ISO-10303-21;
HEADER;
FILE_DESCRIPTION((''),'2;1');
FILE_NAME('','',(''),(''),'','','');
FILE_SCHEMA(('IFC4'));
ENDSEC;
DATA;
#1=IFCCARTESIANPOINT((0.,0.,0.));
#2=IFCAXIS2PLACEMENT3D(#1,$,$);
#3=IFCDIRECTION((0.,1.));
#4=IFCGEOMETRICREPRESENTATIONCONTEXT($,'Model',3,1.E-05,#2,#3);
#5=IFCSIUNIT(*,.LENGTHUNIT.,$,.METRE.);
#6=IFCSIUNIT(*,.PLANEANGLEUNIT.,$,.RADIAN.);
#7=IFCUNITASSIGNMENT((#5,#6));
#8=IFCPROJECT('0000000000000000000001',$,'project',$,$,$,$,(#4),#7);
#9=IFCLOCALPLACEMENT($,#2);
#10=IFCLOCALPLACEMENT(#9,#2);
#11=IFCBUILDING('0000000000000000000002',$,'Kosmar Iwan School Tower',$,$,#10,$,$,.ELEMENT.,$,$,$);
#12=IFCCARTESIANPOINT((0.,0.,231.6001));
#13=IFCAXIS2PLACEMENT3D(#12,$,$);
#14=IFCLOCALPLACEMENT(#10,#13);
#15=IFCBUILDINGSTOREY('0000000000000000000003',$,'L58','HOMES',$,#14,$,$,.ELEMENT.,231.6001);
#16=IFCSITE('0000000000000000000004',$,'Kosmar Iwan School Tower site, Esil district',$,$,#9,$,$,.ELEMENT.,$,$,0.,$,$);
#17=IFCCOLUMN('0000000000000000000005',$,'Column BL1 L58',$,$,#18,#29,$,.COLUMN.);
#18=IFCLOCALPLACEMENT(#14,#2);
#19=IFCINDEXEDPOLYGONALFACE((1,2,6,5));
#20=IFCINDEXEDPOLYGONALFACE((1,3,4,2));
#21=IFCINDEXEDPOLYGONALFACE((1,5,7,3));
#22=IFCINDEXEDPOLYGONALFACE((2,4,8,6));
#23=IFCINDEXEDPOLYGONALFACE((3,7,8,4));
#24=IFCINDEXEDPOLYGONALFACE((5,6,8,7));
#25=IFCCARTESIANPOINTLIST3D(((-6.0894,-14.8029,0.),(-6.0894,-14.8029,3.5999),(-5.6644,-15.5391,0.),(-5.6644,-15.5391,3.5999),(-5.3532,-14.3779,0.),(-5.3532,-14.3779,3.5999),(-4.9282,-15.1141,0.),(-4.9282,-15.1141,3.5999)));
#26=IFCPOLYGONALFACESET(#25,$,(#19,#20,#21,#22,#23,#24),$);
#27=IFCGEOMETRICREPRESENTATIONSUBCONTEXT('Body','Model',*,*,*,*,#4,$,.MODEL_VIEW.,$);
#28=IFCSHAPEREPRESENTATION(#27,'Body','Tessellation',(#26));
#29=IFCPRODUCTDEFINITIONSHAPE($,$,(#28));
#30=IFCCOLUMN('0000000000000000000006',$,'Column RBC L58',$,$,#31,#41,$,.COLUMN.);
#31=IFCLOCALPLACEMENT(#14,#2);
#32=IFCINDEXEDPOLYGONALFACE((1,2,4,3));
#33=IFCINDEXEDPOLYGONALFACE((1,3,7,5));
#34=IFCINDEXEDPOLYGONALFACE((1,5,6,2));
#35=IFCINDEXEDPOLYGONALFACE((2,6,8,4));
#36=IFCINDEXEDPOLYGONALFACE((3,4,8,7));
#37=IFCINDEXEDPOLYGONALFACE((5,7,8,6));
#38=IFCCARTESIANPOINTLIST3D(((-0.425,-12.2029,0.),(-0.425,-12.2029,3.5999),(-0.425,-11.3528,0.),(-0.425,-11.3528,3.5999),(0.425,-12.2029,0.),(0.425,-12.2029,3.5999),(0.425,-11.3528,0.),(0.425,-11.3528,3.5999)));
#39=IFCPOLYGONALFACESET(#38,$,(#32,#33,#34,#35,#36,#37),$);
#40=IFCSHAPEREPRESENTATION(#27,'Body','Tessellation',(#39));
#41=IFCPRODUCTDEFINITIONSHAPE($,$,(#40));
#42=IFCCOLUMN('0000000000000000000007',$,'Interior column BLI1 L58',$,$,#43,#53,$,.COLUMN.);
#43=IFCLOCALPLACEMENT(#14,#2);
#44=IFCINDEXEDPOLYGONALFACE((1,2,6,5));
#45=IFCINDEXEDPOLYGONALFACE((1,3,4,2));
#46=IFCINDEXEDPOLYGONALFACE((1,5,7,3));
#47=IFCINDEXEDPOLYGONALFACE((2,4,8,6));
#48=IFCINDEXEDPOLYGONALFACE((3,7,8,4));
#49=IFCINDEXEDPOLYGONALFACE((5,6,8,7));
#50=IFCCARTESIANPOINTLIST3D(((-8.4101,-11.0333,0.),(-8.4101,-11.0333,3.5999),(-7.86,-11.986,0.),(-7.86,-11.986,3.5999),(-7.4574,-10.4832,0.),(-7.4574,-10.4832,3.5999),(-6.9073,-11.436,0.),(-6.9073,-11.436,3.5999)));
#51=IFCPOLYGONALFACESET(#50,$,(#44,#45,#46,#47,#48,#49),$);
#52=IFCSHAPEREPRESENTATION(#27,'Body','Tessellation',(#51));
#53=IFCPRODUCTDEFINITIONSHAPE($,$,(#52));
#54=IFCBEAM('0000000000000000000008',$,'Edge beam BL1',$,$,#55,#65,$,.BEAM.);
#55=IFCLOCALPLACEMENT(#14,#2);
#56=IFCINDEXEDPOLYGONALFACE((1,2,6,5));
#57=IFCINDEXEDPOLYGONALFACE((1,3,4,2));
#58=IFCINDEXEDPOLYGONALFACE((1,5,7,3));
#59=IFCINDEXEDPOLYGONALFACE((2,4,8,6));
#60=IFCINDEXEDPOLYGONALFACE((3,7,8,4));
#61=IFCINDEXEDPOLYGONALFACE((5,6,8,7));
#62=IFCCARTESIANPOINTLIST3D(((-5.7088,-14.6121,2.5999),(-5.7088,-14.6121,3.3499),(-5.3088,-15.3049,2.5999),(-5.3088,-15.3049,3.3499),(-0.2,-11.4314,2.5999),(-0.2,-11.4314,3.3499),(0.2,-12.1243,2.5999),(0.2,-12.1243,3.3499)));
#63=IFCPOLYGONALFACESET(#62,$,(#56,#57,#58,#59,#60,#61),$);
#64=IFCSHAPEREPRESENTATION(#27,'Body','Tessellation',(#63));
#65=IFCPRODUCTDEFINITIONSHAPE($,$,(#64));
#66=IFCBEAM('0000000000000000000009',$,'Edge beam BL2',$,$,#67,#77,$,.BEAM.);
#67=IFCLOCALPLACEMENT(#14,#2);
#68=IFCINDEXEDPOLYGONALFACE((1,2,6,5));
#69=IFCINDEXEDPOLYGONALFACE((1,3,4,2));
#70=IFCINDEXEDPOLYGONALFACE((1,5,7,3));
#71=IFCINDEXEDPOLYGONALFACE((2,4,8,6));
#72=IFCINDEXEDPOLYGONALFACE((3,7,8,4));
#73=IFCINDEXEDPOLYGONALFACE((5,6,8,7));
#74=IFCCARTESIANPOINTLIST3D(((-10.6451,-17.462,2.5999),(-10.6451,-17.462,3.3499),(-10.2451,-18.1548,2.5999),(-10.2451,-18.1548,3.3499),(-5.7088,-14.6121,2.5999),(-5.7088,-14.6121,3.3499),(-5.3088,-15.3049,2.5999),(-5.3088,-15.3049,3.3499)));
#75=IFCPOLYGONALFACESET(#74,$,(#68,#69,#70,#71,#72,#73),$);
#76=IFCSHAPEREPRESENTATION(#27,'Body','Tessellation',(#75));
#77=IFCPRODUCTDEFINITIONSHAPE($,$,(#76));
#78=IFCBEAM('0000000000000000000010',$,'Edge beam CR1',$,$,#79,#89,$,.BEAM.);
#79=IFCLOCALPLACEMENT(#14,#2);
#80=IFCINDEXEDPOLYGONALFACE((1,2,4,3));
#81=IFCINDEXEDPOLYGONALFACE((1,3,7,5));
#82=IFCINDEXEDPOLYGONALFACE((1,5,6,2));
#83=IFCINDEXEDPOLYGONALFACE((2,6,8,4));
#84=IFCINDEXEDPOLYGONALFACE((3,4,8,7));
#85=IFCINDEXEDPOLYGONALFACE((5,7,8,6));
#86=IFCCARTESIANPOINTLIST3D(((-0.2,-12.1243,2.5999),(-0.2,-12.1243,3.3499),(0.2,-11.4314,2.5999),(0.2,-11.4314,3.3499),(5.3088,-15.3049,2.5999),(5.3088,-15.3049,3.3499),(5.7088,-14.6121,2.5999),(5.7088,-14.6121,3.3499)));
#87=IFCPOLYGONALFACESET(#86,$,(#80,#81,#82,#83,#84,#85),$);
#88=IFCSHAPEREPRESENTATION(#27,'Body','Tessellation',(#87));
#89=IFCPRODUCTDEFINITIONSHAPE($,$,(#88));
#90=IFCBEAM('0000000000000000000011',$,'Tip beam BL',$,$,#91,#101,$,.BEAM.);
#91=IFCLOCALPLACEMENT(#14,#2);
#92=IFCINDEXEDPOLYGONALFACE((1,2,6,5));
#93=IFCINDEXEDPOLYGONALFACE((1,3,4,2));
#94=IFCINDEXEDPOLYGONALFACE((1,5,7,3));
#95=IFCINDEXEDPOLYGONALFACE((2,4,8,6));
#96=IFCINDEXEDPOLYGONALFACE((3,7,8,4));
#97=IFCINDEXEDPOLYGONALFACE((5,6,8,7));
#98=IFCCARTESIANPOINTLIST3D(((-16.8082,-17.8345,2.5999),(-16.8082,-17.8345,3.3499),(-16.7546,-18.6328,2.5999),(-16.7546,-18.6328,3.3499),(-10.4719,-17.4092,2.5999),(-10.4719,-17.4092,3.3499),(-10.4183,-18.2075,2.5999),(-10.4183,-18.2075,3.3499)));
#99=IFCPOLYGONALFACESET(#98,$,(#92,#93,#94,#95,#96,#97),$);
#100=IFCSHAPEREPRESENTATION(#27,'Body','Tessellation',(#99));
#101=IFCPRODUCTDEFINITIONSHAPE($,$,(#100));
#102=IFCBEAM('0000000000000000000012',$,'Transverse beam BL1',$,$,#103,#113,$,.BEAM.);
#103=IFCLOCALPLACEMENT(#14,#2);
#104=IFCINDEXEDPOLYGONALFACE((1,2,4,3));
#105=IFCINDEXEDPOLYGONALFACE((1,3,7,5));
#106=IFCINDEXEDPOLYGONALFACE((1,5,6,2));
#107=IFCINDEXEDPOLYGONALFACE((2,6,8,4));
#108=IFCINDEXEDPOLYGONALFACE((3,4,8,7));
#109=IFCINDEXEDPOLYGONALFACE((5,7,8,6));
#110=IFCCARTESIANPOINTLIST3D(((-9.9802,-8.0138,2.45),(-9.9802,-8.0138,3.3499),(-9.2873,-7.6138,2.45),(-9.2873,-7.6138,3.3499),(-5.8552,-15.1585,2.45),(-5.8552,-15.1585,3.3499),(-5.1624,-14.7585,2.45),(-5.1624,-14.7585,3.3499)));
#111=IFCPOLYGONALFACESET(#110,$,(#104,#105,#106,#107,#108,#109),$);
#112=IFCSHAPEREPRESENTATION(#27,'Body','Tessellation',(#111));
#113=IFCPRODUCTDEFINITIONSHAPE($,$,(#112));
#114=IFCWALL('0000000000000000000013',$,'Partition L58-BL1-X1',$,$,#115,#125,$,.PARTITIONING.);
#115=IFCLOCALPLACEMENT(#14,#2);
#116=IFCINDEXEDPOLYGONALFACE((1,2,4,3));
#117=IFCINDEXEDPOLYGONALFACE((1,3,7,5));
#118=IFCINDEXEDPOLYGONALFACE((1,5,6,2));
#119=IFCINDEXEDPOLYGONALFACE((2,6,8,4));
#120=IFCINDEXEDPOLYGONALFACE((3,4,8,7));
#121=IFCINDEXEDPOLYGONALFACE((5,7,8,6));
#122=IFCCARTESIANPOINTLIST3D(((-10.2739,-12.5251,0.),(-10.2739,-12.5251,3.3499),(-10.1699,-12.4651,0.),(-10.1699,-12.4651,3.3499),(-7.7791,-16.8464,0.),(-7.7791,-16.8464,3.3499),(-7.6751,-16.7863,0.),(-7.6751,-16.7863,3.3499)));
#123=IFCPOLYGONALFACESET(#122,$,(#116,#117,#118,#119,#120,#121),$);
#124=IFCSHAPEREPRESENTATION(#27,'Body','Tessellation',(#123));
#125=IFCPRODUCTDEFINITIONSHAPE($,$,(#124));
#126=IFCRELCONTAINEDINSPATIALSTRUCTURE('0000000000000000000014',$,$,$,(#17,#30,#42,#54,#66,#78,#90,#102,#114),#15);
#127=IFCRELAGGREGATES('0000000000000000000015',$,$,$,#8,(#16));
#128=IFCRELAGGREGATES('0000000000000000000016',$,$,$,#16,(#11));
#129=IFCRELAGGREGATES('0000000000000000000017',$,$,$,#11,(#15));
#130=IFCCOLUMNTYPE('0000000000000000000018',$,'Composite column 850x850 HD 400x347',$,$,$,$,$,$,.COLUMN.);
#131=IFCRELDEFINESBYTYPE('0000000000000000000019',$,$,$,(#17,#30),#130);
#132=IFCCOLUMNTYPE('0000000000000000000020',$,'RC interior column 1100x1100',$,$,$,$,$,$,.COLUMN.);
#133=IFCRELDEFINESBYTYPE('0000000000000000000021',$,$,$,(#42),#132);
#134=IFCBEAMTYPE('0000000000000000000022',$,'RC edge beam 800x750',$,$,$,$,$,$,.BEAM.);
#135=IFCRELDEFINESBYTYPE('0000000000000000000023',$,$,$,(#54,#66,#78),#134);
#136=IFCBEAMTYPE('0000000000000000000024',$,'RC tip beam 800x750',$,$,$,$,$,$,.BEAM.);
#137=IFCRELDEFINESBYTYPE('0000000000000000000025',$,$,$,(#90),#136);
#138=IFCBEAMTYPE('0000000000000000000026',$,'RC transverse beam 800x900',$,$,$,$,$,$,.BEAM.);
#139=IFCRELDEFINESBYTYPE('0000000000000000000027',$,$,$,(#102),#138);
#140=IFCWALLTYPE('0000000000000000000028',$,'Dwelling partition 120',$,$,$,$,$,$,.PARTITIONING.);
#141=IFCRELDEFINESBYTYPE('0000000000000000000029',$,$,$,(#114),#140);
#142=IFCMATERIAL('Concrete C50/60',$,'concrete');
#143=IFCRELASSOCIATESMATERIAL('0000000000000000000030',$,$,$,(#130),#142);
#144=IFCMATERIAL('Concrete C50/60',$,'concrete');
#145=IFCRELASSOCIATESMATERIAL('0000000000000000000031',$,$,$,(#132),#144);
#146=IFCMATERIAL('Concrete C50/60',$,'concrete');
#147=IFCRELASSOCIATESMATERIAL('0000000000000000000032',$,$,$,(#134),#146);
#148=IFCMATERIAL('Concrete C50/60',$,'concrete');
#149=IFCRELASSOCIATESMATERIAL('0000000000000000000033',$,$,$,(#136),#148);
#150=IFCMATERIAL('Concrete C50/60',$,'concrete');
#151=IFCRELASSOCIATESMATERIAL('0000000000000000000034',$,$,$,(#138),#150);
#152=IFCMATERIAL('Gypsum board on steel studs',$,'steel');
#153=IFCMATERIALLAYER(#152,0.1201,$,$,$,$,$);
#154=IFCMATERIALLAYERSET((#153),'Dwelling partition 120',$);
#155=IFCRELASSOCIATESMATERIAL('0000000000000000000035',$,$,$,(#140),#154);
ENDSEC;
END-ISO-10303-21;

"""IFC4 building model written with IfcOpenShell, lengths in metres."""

from ifc_helpers import new_model, si_unit, direction, frame, frame_2d, origin, origin_2d, place, context, subcontext, project, spatial, rectangle, extrude, material, layer, layer_set, material_profile, profile_set, type_object, element, save


model = new_model("IFC4")

# Units and contexts
model_context = context("Model", 3, precision=1e-05, world=origin(), true_north=direction((0.0, 1.0)))
body_context = subcontext(model_context, "Body", "Model", "MODEL_VIEW")
ifc_project = project(units=[si_unit("LENGTHUNIT", "METRE"), si_unit("PLANEANGLEUNIT", "RADIAN")], contexts=[model_context])

# Site, building, storey
site_placement = place(None, origin())
site = spatial("IfcSite", under=ifc_project, at=site_placement, Name="Kosmar Iwan School Tower site, Esil district", CompositionType="ELEMENT", RefElevation=0.0)
building_placement = place(site_placement, origin())
building = spatial("IfcBuilding", under=site, at=building_placement, Name="Kosmar Iwan School Tower", CompositionType="ELEMENT")
storey_placement = place(building_placement, frame((0.0, 0.0, 231.6001)))
storey = spatial("IfcBuildingStorey", under=building, at=storey_placement, Name="L58", Description="HOMES", CompositionType="ELEMENT", Elevation=231.6001)

# Columns
ifc_material_1 = material(Name="Concrete C50/60", Category="concrete")
ifc_material_profile_1 = material_profile(ifc_material_1, rectangle(XDim=0.8501, YDim=0.8501, at=origin_2d()), Name="RC 850x850 + HD 400x347")
ifc_profile_set_1 = profile_set([ifc_material_profile_1], Name="Concrete C50/60")
column_type_1 = type_object("IfcColumnType", Name="Composite column 850x850 HD 400x347", PredefinedType="COLUMN", material=ifc_profile_set_1)
for number, where, z_axis, x_axis, name in (
    (1, (-5.5088, -14.9585, 0.0), (0.0, 0.0, 1.0), (-0.866025, -0.5, 0.0), "Column BL1 L58"),
    (2, (0.0, -11.7778, 0.0), (0.0, 0.0, 1.0), (1.0, 0.0, 0.0), "Column RBC L58"),
):
    element("IfcColumn", number, at=place(storey_placement, frame(where, z_axis=z_axis, x_axis=x_axis)), inside=storey, type_object=column_type_1, Name=name, PredefinedType="COLUMN", context=body_context, shape_type="SweptSolid", body=[
        extrude(rectangle(XDim=0.8501, YDim=0.8501, at=origin_2d()), origin(), (0.0, 0.0, 1.0), 3.5999),
    ])
ifc_material_2 = material(Name="Concrete C50/60", Category="concrete")
ifc_material_profile_2 = material_profile(ifc_material_2, rectangle(XDim=1.1001, YDim=1.1001, at=origin_2d()), Name="RC 1100x1100")
ifc_profile_set_2 = profile_set([ifc_material_profile_2], Name="Concrete C50/60")
column_type_2 = type_object("IfcColumnType", Name="RC interior column 1100x1100", PredefinedType="COLUMN", material=ifc_profile_set_2)
column_placement = place(storey_placement, frame((-7.6587, -11.2346, 0.0), z_axis=(0.0, 0.0, 1.0), x_axis=(-0.866025, -0.5, 0.0)))
element("IfcColumn", 3, at=column_placement, inside=storey, type_object=column_type_2, Name="Interior column BLI1 L58", PredefinedType="COLUMN", context=body_context, shape_type="SweptSolid", body=[
    extrude(rectangle(XDim=1.1001, YDim=1.1001, at=origin_2d()), origin(), (0.0, 0.0, 1.0), 3.5999),
])

# Beams
ifc_material_3 = material(Name="Concrete C50/60", Category="concrete")
ifc_material_profile_3 = material_profile(ifc_material_3, rectangle(XDim=0.8, YDim=0.75, at=origin_2d()), Name="RC 800x750")
ifc_profile_set_3 = profile_set([ifc_material_profile_3], Name="Concrete C50/60")
beam_type_1 = type_object("IfcBeamType", Name="RC edge beam 800x750", PredefinedType="BEAM", material=ifc_profile_set_3)
beam_1_placement = place(storey_placement, frame((0.0, -11.7778, 2.9749), z_axis=(-0.866014, -0.500019, 0.0), x_axis=(0.500019, -0.866014, 0.0)))
element("IfcBeam", 4, at=beam_1_placement, inside=storey, type_object=beam_type_1, Name="Edge beam BL1", PredefinedType="BEAM", context=body_context, shape_type="SweptSolid", body=[
    extrude(rectangle(XDim=0.8, YDim=0.75, at=origin_2d()), origin(), (0.0, 0.0, 1.0), 6.3611),
])
beam_2_placement = place(storey_placement, frame((-5.5088, -14.9585, 2.9749), z_axis=(-0.866034, -0.499986, 0.0), x_axis=(0.499986, -0.866034, 0.0)))
element("IfcBeam", 5, at=beam_2_placement, inside=storey, type_object=beam_type_1, Name="Edge beam BL2", PredefinedType="BEAM", context=body_context, shape_type="SweptSolid", body=[
    extrude(rectangle(XDim=0.8, YDim=0.75, at=origin_2d()), origin(), (0.0, 0.0, 1.0), 5.7),
])
beam_3_placement = place(storey_placement, frame((0.0, -11.7778, 2.9749), z_axis=(0.866014, -0.500019, 0.0), x_axis=(0.500019, 0.866014, 0.0)))
element("IfcBeam", 6, at=beam_3_placement, inside=storey, type_object=beam_type_1, Name="Edge beam CR1", PredefinedType="BEAM", context=body_context, shape_type="SweptSolid", body=[
    extrude(rectangle(XDim=0.8, YDim=0.75, at=origin_2d()), origin(), (0.0, 0.0, 1.0), 6.3611),
])
ifc_material_4 = material(Name="Concrete C50/60", Category="concrete")
ifc_material_profile_4 = material_profile(ifc_material_4, rectangle(XDim=0.8, YDim=0.75, at=origin_2d()), Name="RC 800x750")
ifc_profile_set_4 = profile_set([ifc_material_profile_4], Name="Concrete C50/60")
beam_type_2 = type_object("IfcBeamType", Name="RC tip beam 800x750", PredefinedType="BEAM", material=ifc_profile_set_4)
beam_4_placement = place(storey_placement, frame((-10.4451, -17.8083, 2.9749), z_axis=(-0.997755, -0.066968, 0.0), x_axis=(0.066968, -0.997755, 0.0)))
element("IfcBeam", 7, at=beam_4_placement, inside=storey, type_object=beam_type_2, Name="Tip beam BL", PredefinedType="BEAM", context=body_context, shape_type="SweptSolid", body=[
    extrude(rectangle(XDim=0.8, YDim=0.75, at=origin_2d()), origin(), (0.0, 0.0, 1.0), 6.3506),
])
ifc_material_5 = material(Name="Concrete C50/60", Category="concrete")
ifc_material_profile_5 = material_profile(ifc_material_5, rectangle(XDim=0.8, YDim=0.8999, at=origin_2d()), Name="RC 800x900")
ifc_profile_set_5 = profile_set([ifc_material_profile_5], Name="Concrete C50/60")
beam_type_3 = type_object("IfcBeamType", Name="RC transverse beam 800x900", PredefinedType="BEAM", material=ifc_profile_set_5)
beam_5_placement = place(storey_placement, frame((-5.5088, -14.9585, 2.8999), z_axis=(-0.499997, 0.866027, 0.0), x_axis=(-0.866027, -0.499997, 0.0)))
element("IfcBeam", 8, at=beam_5_placement, inside=storey, type_object=beam_type_3, Name="Transverse beam BL1", PredefinedType="BEAM", context=body_context, shape_type="SweptSolid", body=[
    extrude(rectangle(XDim=0.8, YDim=0.8999, at=origin_2d()), origin(), (0.0, 0.0, 1.0), 8.25),
])

# Wall
ifc_material_6 = material(Name="Gypsum board on steel studs", Category="steel")
ifc_layer_1 = layer(ifc_material_6, 0.1201)
ifc_layer_set_1 = layer_set([ifc_layer_1], Name="Dwelling partition 120")
wall_type_1 = type_object("IfcWallType", Name="Dwelling partition 120", PredefinedType="PARTITIONING", material=ifc_layer_set_1)
wall_1_placement = place(storey_placement, frame((-10.2219, -12.4951, 0.0), z_axis=(0.0, 0.0, 1.0), x_axis=(0.499996, -0.866028, 0.0)))
element("IfcWall", 9, at=wall_1_placement, inside=storey, type_object=wall_type_1, Name="Partition L58-BL1-X1", PredefinedType="PARTITIONING", context=body_context, shape_type="SweptSolid", body=[
    extrude(rectangle(XDim=4.9897, YDim=0.1201, at=frame_2d((2.4949, 0.0))), origin(), (0.0, 0.0, 1.0), 3.3499),
])

save(model, "model.ifc")
